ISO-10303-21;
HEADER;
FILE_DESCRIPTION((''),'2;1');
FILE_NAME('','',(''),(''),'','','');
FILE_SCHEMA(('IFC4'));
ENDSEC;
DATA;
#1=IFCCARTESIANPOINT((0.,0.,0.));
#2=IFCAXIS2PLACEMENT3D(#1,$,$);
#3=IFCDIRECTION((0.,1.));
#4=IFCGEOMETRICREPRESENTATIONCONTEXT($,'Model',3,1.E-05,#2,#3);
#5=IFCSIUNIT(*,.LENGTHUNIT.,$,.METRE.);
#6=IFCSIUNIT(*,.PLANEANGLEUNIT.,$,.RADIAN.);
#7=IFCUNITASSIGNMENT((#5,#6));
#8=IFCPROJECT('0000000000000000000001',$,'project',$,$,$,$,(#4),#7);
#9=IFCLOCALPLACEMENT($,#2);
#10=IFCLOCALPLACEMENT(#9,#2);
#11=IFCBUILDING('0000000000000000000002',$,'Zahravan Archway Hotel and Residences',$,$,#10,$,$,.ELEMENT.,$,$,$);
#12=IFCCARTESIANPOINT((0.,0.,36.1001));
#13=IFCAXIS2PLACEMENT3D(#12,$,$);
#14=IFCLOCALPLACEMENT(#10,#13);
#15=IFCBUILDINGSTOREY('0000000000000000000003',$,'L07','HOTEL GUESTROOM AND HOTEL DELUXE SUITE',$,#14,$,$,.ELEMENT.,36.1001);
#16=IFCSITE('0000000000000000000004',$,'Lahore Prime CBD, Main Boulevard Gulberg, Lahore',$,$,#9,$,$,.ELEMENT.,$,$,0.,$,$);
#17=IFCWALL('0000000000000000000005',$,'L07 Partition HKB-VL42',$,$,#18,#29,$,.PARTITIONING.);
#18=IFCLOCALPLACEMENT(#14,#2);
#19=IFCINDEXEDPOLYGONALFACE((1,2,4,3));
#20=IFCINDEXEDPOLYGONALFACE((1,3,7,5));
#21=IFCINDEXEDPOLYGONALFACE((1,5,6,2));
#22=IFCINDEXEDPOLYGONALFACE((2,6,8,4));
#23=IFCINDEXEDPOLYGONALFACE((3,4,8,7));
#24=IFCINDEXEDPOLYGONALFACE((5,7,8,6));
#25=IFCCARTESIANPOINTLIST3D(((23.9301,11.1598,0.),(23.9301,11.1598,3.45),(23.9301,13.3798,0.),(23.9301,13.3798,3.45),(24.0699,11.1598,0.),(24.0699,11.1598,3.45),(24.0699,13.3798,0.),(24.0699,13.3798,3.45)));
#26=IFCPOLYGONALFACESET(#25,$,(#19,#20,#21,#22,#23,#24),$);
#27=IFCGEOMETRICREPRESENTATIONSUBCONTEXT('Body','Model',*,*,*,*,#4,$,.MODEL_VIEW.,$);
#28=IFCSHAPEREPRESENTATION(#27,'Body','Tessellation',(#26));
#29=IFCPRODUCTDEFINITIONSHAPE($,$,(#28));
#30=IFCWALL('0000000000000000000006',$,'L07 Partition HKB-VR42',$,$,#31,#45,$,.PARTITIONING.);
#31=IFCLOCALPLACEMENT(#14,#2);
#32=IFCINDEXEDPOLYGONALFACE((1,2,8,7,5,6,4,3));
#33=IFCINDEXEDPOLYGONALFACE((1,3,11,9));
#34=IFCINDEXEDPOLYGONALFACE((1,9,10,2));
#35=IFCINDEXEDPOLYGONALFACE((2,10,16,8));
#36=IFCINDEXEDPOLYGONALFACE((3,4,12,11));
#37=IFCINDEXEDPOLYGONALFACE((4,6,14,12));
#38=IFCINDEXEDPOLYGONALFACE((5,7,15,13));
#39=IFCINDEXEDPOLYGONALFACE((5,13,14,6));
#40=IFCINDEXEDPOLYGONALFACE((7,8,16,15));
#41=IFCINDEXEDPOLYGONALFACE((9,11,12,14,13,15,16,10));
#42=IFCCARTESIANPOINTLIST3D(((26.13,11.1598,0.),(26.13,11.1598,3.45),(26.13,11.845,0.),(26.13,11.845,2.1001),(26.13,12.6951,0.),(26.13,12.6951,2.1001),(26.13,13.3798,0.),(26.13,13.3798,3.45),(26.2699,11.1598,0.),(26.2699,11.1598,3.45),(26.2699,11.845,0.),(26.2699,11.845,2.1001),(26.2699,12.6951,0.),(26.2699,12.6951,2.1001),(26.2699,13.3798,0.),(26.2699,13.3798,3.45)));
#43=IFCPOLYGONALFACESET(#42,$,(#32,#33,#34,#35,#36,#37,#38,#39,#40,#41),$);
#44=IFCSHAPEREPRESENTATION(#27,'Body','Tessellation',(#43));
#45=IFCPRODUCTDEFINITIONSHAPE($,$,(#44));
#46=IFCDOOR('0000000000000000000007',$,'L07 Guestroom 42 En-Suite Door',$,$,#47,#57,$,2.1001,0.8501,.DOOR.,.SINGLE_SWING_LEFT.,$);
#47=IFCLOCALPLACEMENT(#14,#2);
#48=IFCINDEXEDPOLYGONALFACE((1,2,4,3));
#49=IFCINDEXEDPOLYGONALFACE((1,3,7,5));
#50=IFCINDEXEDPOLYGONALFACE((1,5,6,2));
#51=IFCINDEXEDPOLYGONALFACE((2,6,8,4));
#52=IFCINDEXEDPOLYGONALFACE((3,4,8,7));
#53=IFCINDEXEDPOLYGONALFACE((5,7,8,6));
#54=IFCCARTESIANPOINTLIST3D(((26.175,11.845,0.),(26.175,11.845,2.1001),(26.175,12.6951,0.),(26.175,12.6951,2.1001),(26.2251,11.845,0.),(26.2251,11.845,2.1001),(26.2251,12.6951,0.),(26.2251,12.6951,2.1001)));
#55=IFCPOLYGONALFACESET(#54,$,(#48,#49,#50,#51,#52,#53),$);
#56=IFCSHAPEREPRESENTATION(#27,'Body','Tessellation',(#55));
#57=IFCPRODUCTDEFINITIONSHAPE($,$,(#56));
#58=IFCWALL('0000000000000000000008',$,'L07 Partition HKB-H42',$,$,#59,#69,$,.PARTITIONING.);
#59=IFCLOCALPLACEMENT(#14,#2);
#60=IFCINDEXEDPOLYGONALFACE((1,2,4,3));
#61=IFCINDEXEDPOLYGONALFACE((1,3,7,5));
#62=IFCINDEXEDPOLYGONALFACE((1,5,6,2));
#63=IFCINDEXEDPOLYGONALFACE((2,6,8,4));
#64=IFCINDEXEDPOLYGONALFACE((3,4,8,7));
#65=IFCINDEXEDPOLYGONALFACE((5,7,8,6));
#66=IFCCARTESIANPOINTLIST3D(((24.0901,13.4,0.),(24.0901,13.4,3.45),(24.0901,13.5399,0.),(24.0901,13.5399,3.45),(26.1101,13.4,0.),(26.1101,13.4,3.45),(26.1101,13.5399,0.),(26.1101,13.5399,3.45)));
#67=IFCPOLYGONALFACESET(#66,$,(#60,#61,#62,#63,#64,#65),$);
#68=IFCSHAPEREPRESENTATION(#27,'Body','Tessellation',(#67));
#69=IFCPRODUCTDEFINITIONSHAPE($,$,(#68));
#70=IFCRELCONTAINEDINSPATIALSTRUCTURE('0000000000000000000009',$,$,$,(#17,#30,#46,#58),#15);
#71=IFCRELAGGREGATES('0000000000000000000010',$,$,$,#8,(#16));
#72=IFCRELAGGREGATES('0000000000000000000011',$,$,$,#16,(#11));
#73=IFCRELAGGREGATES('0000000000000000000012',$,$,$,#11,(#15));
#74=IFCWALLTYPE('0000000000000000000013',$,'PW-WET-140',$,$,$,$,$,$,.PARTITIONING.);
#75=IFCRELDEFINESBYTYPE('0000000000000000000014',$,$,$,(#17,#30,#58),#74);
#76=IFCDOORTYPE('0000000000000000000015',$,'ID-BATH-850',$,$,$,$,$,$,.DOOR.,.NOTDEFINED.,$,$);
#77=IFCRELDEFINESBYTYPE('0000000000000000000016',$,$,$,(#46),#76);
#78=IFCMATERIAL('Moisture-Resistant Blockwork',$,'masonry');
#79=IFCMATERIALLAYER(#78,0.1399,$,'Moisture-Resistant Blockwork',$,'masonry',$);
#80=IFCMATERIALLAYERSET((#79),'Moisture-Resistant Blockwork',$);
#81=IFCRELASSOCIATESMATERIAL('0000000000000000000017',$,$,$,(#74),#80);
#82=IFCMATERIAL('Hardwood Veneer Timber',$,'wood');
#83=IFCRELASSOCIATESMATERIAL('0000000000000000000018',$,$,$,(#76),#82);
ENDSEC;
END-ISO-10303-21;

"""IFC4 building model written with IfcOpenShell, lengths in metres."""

from ifc_helpers import new_model, si_unit, direction, frame, frame_2d, origin, place, context, subcontext, project, spatial, rectangle, extrude, source, transform, mapped, material, layer, layer_set, type_object, type_shapes, element, fill, save


model = new_model("IFC4")

# Units and contexts
model_context = context("Model", 3, precision=1e-05, world=origin(), true_north=direction((0.0, 1.0)))
body_context = subcontext(model_context, "Body", "Model", "MODEL_VIEW")
ifc_project = project(units=[si_unit("LENGTHUNIT", "METRE"), si_unit("PLANEANGLEUNIT", "RADIAN")], contexts=[model_context])

# Site, building, storey
site_placement = place(None, origin())
site = spatial("IfcSite", under=ifc_project, at=site_placement, Name="Lahore Prime CBD, Main Boulevard Gulberg, Lahore", CompositionType="ELEMENT", RefElevation=0.0)
building_placement = place(site_placement, origin())
building = spatial("IfcBuilding", under=site, at=building_placement, Name="Zahravan Archway Hotel and Residences", CompositionType="ELEMENT")
storey_placement = place(building_placement, frame((0.0, 0.0, 36.1001)))
storey = spatial("IfcBuildingStorey", under=building, at=storey_placement, Name="L07", Description="HOTEL GUESTROOM AND HOTEL DELUXE SUITE", CompositionType="ELEMENT", Elevation=36.1001)

# Wall
ifc_material_1 = material(Name="Moisture-Resistant Blockwork", Category="masonry")
ifc_layer_1 = layer(ifc_material_1, 0.1399, Name="Moisture-Resistant Blockwork", Category="masonry")
ifc_layer_set_1 = layer_set([ifc_layer_1], Name="Moisture-Resistant Blockwork")
wall_type_1 = type_object("IfcWallType", Name="PW-WET-140", PredefinedType="PARTITIONING", material=ifc_layer_set_1)
wall_1_placement = place(storey_placement, frame((24.0, 11.1599, 0.0), z_axis=(0.0, 0.0, 1.0), x_axis=(0.0, 1.0, 0.0)))
element("IfcWall", 1, at=wall_1_placement, inside=storey, type_object=wall_type_1, Name="L07 Partition HKB-VL42", PredefinedType="PARTITIONING", context=body_context, shape_type="SweptSolid", body=[
    extrude(rectangle(XDim=2.22, YDim=0.1399, at=frame_2d((1.1099, 0.0))), origin(), (0.0, 0.0, 1.0), 3.45),
])

# Wall, opening, door
wall_2_placement = place(storey_placement, frame((26.2, 11.1599, 0.0), z_axis=(0.0, 0.0, 1.0), x_axis=(0.0, 1.0, 0.0)))
wall_2 = element("IfcWall", 2, at=wall_2_placement, inside=storey, type_object=wall_type_1, Name="L07 Partition HKB-VR42", PredefinedType="PARTITIONING", context=body_context, shape_type="SweptSolid", body=[
    extrude(rectangle(XDim=2.22, YDim=0.1399, at=frame_2d((1.1099, 0.0))), origin(), (0.0, 0.0, 1.0), 3.45),
])
opening_1_placement = place(wall_2_placement, frame((0.6851, 0.0, 0.0)))
opening_1 = element("IfcOpeningElement", 3, at=opening_1_placement, cuts=wall_2, PredefinedType="OPENING", context=body_context, shape_type="SweptSolid", body=[
    extrude(rectangle(XDim=0.8501, YDim=2.1001, at=frame_2d((0.425, 1.05))), frame((0.0, 0.0801, 0.0), z_axis=(0.0, -1.0, 0.0), x_axis=(1.0, 0.0, 0.0)), (0.0, 0.0, 1.0), 0.1599),
])
ifc_material_2 = material(Name="Hardwood Veneer Timber", Category="wood")
door_type_1 = type_object("IfcDoorType", Name="ID-BATH-850", OperationType="NOTDEFINED", PredefinedType="DOOR", material=ifc_material_2)
shared_shape_1 = source(origin(), body_context, "Body", "SweptSolid", [
    extrude(rectangle(XDim=0.8501, YDim=2.1001, at=frame_2d((0.425, 1.05))), frame((0.0, 0.0249, 0.0), z_axis=(0.0, -1.0, 0.0), x_axis=(1.0, 0.0, 0.0)), (0.0, 0.0, 1.0), 0.05),
])
type_shapes(door_type_1, [shared_shape_1])
door_1_placement = place(opening_1_placement, origin())
door_1 = element("IfcDoor", 4, at=door_1_placement, inside=storey, type_object=door_type_1, Name="L07 Guestroom 42 En-Suite Door", OperationType="SINGLE_SWING_LEFT", OverallHeight=2.1001, OverallWidth=0.8501, PredefinedType="DOOR", context=body_context, shape_type="MappedRepresentation", body=[
    mapped(shared_shape_1, transform((0.0, 0.0, 0.0), scale=1.0)),
])
fill(opening_1, door_1)

# Wall
wall_3_placement = place(storey_placement, frame((24.0901, 13.47, 0.0), z_axis=(0.0, 0.0, 1.0), x_axis=(1.0, 0.0, 0.0)))
element("IfcWall", 5, at=wall_3_placement, inside=storey, type_object=wall_type_1, Name="L07 Partition HKB-H42", PredefinedType="PARTITIONING", context=body_context, shape_type="SweptSolid", body=[
    extrude(rectangle(XDim=2.02, YDim=0.1399, at=frame_2d((1.01, 0.0))), origin(), (0.0, 0.0, 1.0), 3.45),
])

save(model, "model.ifc")
